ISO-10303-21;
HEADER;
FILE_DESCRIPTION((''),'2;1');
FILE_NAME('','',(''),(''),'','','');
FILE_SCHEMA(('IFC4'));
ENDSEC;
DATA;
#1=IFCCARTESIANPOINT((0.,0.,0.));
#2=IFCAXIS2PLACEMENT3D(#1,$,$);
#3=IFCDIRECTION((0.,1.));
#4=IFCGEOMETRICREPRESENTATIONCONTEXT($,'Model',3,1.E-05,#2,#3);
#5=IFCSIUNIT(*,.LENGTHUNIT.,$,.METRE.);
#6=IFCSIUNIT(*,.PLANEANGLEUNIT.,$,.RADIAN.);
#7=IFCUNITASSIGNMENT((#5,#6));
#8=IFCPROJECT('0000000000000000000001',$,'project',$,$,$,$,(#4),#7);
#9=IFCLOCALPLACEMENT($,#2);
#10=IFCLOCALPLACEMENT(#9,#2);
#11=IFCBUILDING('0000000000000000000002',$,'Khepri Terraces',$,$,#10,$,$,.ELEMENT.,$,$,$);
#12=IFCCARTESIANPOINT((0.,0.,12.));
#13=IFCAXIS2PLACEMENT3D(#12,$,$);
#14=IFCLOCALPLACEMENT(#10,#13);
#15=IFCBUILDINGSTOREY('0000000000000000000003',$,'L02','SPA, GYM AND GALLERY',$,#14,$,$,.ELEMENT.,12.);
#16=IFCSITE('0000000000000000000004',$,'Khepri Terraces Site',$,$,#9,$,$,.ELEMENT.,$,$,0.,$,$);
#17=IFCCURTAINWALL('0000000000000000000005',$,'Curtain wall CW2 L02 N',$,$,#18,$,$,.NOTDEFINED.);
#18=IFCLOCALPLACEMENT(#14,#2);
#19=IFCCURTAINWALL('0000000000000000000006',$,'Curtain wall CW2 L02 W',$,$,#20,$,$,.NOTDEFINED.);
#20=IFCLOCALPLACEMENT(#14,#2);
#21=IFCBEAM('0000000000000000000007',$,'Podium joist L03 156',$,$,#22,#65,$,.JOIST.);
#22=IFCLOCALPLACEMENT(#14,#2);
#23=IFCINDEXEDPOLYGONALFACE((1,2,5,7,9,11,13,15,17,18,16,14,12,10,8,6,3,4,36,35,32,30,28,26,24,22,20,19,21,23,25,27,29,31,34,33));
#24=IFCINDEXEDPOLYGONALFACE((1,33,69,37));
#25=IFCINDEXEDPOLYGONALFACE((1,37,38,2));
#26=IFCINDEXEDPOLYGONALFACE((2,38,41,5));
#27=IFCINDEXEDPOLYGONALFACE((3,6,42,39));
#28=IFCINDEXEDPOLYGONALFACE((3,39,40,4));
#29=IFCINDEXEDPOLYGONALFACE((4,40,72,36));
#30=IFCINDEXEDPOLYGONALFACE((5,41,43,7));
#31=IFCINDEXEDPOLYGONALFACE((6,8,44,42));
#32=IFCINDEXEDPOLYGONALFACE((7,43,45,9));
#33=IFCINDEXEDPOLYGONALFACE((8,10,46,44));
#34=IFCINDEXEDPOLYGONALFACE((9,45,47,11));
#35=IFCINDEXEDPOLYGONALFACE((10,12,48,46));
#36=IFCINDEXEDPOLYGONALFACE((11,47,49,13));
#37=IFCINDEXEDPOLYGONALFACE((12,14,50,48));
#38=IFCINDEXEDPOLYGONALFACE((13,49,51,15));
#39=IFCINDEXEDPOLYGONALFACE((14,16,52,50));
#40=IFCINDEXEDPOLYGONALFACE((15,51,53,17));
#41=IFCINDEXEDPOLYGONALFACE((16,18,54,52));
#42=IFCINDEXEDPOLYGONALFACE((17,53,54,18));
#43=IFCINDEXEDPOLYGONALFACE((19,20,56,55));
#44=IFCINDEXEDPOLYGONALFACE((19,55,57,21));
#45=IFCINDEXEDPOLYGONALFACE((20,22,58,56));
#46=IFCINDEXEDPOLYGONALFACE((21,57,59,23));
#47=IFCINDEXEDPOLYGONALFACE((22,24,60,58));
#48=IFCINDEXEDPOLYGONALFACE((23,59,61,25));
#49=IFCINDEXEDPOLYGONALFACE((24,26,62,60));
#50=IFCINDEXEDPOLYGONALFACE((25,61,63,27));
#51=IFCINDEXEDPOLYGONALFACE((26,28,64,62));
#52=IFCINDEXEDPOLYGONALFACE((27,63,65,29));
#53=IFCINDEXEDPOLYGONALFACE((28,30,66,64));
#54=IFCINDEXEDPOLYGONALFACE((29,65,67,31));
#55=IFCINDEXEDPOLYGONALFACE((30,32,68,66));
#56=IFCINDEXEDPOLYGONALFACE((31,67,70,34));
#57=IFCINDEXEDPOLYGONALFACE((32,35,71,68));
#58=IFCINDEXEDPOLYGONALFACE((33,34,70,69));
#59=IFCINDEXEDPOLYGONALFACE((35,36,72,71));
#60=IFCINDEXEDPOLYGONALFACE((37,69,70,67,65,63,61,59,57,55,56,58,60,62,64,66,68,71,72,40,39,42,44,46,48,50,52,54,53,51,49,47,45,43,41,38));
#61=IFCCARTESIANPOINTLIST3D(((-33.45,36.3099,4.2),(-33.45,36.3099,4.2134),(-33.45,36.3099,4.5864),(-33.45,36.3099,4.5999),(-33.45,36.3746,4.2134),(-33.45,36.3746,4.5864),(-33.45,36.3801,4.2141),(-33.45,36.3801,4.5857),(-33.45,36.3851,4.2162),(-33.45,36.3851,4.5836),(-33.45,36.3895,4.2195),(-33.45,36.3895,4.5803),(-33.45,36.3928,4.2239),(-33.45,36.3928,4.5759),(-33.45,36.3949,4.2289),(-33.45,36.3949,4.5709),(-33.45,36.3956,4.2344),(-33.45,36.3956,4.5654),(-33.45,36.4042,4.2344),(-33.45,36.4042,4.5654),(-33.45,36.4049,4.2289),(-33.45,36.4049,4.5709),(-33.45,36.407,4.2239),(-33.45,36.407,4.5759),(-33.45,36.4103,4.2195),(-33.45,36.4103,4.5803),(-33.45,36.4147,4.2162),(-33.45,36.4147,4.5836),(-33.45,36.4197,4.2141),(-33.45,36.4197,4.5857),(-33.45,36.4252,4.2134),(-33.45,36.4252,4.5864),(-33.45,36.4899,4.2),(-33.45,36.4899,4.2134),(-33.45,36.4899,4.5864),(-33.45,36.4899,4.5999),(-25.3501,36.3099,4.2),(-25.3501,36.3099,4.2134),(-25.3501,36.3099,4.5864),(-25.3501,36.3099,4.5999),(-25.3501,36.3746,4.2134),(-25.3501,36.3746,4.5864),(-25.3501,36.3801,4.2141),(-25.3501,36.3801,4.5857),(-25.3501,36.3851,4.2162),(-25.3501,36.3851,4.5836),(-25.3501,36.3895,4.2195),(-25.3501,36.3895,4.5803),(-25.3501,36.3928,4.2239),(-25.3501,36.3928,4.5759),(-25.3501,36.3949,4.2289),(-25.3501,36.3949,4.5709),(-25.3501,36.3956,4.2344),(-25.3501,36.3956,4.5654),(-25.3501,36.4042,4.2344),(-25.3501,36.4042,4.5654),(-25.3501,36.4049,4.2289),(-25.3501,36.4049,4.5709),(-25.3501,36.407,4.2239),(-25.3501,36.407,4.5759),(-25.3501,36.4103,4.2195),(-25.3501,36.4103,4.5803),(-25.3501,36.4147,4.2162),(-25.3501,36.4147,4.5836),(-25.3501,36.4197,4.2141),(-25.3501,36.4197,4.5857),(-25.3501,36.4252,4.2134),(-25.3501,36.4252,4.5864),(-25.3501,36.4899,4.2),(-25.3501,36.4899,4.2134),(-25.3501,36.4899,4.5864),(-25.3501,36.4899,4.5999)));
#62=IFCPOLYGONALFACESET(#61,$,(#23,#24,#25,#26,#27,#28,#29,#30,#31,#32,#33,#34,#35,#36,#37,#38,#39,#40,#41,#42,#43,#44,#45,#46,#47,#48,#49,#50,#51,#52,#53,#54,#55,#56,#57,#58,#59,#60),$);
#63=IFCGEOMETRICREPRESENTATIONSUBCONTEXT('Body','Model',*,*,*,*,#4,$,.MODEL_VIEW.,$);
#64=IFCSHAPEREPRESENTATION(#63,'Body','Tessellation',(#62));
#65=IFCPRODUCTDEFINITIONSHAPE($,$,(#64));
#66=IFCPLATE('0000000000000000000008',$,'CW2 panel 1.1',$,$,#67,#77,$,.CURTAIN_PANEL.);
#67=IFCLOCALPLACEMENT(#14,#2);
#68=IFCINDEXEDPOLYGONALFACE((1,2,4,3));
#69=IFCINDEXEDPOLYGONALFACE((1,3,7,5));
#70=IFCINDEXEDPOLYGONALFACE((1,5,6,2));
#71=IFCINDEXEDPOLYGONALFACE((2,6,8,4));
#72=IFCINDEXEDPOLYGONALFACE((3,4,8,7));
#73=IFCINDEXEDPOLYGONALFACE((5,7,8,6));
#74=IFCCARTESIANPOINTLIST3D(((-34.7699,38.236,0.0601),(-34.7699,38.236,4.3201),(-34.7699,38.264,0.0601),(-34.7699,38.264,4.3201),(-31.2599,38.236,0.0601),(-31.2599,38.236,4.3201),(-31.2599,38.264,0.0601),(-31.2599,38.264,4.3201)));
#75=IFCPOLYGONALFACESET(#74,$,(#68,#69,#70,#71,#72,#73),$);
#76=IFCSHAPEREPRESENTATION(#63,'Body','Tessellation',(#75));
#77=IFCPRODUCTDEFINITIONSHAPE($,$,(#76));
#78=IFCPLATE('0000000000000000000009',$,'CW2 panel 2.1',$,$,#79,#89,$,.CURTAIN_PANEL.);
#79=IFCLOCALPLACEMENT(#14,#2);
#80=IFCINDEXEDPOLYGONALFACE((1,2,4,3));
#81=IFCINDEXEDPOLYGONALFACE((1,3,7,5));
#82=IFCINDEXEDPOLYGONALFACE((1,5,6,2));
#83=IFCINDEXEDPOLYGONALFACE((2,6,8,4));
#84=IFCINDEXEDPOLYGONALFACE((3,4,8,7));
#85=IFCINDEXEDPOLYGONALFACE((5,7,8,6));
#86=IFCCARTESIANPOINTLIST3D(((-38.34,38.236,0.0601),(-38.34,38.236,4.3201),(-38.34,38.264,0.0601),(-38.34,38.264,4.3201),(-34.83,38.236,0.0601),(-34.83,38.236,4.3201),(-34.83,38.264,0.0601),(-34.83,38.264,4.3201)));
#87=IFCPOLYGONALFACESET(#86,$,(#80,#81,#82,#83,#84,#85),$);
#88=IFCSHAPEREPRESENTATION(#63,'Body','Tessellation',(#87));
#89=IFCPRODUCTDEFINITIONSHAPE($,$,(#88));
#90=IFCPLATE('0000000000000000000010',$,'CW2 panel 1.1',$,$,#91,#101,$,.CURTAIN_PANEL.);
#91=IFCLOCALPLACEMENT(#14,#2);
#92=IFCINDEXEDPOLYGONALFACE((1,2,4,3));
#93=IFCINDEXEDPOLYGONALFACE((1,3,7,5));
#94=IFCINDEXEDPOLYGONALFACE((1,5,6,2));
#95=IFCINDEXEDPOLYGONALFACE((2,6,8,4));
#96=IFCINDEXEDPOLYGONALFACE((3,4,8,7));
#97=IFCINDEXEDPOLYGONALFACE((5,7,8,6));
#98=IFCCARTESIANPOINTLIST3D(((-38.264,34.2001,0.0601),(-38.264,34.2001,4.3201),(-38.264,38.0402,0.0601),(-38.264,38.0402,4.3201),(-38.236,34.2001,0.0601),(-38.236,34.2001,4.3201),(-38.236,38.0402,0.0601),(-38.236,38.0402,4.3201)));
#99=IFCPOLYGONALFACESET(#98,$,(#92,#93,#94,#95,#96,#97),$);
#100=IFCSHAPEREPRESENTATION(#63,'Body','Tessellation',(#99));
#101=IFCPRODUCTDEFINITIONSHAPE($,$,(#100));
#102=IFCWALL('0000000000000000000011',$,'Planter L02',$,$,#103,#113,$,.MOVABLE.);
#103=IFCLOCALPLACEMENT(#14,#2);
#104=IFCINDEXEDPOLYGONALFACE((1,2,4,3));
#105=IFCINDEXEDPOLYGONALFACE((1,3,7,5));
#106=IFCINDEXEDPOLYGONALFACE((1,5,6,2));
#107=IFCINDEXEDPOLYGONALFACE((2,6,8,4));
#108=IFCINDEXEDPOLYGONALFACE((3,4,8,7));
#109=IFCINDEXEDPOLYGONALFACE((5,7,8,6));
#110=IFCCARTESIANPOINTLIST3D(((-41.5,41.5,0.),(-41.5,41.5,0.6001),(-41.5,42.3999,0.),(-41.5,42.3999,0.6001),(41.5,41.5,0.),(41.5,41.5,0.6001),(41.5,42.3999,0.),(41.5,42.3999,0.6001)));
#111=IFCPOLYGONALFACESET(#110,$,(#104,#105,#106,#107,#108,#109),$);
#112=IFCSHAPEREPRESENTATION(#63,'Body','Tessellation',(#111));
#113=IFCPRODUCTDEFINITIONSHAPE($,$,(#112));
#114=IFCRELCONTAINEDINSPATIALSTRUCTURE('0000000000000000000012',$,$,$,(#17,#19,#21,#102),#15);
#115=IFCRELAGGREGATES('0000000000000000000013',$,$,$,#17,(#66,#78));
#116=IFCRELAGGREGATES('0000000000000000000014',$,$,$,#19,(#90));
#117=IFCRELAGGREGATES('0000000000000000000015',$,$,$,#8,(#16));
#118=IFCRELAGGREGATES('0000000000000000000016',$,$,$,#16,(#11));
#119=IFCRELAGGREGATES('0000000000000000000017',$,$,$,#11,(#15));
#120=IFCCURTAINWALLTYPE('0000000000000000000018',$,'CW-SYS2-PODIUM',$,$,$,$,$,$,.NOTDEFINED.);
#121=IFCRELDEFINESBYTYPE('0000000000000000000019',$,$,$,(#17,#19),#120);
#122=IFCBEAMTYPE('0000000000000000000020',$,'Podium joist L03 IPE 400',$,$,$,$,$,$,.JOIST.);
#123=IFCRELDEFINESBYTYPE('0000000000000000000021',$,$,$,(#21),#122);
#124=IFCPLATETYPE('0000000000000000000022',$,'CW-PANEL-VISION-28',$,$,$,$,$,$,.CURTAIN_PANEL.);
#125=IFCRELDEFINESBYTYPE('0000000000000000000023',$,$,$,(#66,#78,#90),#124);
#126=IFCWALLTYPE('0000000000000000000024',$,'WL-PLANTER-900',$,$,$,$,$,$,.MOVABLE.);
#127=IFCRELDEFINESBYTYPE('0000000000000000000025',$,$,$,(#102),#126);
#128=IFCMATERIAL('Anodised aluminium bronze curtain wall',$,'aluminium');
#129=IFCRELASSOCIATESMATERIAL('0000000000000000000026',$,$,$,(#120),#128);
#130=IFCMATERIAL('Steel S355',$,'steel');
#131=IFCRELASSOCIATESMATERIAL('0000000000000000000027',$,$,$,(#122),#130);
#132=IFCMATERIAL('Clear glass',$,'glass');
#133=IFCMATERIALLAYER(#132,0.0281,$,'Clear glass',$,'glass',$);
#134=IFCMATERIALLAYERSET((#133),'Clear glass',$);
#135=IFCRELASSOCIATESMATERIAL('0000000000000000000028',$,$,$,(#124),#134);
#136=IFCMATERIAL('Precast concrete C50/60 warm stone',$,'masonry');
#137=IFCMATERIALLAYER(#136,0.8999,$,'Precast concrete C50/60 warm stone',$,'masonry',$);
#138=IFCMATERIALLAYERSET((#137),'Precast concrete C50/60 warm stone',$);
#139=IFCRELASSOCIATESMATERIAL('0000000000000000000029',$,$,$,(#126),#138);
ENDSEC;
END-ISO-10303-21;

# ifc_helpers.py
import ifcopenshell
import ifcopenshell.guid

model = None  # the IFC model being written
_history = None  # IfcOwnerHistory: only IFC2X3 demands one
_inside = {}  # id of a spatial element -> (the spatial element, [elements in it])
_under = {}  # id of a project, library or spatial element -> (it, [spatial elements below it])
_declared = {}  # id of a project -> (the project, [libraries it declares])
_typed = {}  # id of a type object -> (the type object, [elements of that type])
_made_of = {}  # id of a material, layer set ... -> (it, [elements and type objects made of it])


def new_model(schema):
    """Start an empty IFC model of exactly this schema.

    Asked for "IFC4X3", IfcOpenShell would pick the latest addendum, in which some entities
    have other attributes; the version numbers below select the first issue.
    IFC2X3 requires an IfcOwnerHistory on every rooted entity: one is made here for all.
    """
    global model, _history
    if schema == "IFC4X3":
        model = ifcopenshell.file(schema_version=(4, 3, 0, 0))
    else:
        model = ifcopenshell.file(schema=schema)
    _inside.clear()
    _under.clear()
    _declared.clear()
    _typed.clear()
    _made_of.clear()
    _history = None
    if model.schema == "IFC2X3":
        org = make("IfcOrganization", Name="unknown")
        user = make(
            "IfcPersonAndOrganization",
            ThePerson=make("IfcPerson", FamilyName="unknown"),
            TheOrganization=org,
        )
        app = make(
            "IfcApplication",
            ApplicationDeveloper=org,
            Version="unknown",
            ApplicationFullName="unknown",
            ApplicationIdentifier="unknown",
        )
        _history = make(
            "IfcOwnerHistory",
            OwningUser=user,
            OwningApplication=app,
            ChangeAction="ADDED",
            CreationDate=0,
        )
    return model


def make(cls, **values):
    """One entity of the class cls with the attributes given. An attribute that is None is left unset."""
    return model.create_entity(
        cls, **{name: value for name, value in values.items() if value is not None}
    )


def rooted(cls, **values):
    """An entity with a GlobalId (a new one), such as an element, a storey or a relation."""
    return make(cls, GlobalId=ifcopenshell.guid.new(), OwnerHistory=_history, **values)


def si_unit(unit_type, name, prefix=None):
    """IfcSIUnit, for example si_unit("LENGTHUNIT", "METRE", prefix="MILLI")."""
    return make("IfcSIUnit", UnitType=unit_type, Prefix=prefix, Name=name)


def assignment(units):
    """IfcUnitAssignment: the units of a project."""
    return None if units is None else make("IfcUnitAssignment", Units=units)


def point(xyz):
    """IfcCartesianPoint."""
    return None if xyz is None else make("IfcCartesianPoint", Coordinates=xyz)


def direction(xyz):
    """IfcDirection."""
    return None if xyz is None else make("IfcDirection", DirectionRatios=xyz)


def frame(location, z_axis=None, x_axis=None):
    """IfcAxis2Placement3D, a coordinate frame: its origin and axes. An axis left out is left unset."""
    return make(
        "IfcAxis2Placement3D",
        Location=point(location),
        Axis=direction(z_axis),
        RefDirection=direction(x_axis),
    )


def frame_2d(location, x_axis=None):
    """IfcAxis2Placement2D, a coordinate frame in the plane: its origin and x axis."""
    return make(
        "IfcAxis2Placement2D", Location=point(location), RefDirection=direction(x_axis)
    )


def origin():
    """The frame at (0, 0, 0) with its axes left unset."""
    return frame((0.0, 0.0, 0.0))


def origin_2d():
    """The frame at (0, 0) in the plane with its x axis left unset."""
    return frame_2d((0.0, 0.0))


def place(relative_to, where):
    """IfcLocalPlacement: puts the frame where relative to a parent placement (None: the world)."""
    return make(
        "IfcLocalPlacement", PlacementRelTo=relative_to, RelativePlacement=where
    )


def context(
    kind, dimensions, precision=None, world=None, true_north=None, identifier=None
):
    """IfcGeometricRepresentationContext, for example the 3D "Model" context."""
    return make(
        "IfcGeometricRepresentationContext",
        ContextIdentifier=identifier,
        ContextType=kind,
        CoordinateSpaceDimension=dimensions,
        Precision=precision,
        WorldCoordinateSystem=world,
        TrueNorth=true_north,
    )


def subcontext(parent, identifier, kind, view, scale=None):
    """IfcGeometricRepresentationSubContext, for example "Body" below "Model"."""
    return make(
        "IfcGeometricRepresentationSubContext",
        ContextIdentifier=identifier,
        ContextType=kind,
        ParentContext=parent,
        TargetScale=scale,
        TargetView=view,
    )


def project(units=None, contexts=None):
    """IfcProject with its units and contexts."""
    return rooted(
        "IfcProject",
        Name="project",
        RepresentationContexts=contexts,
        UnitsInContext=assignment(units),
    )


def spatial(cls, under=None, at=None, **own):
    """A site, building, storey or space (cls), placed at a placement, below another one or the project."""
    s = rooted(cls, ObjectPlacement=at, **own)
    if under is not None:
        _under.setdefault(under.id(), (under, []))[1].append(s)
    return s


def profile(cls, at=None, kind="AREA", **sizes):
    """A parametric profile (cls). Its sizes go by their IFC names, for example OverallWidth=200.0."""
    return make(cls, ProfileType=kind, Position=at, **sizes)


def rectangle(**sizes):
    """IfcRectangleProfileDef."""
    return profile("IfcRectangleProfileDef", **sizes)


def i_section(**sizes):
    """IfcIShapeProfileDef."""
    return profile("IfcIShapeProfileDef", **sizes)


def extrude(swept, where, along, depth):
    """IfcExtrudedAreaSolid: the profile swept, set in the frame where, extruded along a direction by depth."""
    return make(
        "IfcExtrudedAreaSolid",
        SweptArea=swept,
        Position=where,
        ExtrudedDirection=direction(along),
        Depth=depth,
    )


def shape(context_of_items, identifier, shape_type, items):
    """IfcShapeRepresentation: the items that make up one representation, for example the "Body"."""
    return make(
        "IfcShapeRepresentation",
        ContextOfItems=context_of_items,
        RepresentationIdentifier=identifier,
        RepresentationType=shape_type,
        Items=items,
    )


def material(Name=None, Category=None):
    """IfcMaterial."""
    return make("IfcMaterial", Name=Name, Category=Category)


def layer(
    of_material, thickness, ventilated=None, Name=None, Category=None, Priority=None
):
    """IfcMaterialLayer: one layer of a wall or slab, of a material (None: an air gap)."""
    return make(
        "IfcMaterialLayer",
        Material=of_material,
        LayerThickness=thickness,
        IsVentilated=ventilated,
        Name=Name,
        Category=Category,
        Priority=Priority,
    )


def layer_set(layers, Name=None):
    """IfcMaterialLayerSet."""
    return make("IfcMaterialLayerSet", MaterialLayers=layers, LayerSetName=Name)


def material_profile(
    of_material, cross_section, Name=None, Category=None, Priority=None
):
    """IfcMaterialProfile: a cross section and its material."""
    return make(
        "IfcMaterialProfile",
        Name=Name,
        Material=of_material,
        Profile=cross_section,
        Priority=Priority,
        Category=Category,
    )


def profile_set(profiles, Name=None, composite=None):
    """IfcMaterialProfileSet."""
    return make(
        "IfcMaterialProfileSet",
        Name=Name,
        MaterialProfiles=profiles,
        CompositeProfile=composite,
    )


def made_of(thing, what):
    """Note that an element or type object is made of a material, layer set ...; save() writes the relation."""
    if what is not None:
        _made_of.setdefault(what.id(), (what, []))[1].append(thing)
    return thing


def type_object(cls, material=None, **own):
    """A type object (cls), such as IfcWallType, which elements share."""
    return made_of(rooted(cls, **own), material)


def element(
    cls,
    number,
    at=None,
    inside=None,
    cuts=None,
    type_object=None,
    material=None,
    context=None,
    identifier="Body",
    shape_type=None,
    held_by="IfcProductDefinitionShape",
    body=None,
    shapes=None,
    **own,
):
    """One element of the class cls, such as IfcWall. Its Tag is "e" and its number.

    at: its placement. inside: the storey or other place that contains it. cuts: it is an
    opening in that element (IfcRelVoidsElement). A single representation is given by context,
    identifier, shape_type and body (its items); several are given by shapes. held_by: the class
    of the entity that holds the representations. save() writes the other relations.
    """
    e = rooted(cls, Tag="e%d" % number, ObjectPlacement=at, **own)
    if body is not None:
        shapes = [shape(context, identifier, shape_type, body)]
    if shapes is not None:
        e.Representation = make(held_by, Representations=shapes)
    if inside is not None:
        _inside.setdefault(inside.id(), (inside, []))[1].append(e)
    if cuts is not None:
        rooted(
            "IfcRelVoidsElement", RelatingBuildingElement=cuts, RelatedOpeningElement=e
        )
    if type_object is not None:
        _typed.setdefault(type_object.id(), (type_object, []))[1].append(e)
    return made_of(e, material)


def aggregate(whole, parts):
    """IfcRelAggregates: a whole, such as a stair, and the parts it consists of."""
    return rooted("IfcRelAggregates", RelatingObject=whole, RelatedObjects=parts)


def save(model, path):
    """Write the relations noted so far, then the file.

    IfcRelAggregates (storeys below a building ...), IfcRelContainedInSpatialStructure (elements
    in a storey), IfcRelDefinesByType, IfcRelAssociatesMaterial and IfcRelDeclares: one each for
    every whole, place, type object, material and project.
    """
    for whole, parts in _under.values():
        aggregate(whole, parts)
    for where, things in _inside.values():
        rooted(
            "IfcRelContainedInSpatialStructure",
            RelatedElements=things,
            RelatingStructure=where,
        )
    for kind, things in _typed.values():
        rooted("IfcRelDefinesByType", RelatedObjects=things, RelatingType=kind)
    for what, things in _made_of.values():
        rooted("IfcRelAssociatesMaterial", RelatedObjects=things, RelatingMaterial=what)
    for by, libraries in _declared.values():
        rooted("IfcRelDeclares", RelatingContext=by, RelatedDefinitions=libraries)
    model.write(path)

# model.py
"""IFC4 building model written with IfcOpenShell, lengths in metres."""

from ifc_helpers import new_model, si_unit, direction, frame, frame_2d, origin, origin_2d, place, context, subcontext, project, spatial, rectangle, i_section, extrude, material, layer, layer_set, material_profile, profile_set, type_object, element, aggregate, save


model = new_model("IFC4")

# Units and contexts
model_context = context("Model", 3, precision=1e-05, world=origin(), true_north=direction((0.0, 1.0)))
body_context = subcontext(model_context, "Body", "Model", "MODEL_VIEW")
ifc_project = project(units=[si_unit("LENGTHUNIT", "METRE"), si_unit("PLANEANGLEUNIT", "RADIAN")], contexts=[model_context])

# Site, building, storey
site_placement = place(None, origin())
site = spatial("IfcSite", under=ifc_project, at=site_placement, Name="Khepri Terraces Site", CompositionType="ELEMENT", RefElevation=0.0)
building_placement = place(site_placement, origin())
building = spatial("IfcBuilding", under=site, at=building_placement, Name="Khepri Terraces", CompositionType="ELEMENT")
storey_placement = place(building_placement, frame((0.0, 0.0, 12.0)))
storey = spatial("IfcBuildingStorey", under=building, at=storey_placement, Name="L02", Description="SPA, GYM AND GALLERY", CompositionType="ELEMENT", Elevation=12.0)

# Curtain walls
ifc_material_1 = material(Name="Anodised aluminium bronze curtain wall", Category="aluminium")
curtain_wall_type = type_object("IfcCurtainWallType", Name="CW-SYS2-PODIUM", PredefinedType="NOTDEFINED", material=ifc_material_1)
curtain_wall_1_placement = place(storey_placement, origin())
curtain_wall_1 = element("IfcCurtainWall", 1, at=curtain_wall_1_placement, inside=storey, type_object=curtain_wall_type, Name="Curtain wall CW2 L02 N", PredefinedType="NOTDEFINED")
curtain_wall_2_placement = place(storey_placement, origin())
curtain_wall_2 = element("IfcCurtainWall", 2, at=curtain_wall_2_placement, inside=storey, type_object=curtain_wall_type, Name="Curtain wall CW2 L02 W", PredefinedType="NOTDEFINED")

# Beam
ifc_material_2 = material(Name="Steel S355", Category="steel")
ifc_material_profile_1 = material_profile(ifc_material_2, i_section(OverallWidth=0.1799, OverallDepth=0.3999, WebThickness=0.0085, FlangeThickness=0.0134, FilletRadius=0.021, at=origin_2d()), Name="Steel S355", Category="steel")
ifc_profile_set_1 = profile_set([ifc_material_profile_1], Name="Steel S355")
beam_type_1 = type_object("IfcBeamType", Name="Podium joist L03 IPE 400", PredefinedType="JOIST", material=ifc_profile_set_1)
beam_1_placement = place(storey_placement, frame((-33.45, 36.3999, 4.3999), z_axis=(1.0, 0.0, 0.0), x_axis=(0.0, 1.0, 0.0)))
element("IfcBeam", 3, at=beam_1_placement, inside=storey, type_object=beam_type_1, Name="Podium joist L03 156", PredefinedType="JOIST", context=body_context, shape_type="SweptSolid", body=[
    extrude(i_section(OverallWidth=0.1799, OverallDepth=0.3999, WebThickness=0.0085, FlangeThickness=0.0134, FilletRadius=0.021, at=origin_2d()), origin(), (0.0, 0.0, 1.0), 8.0999),
])

# Plates
ifc_material_3 = material(Name="Clear glass", Category="glass")
ifc_layer_1 = layer(ifc_material_3, 0.0281, Name="Clear glass", Category="glass")
ifc_layer_set_1 = layer_set([ifc_layer_1], Name="Clear glass")
plate_type = type_object("IfcPlateType", Name="CW-PANEL-VISION-28", PredefinedType="CURTAIN_PANEL", material=ifc_layer_set_1)
plate_1_placement = place(storey_placement, frame((-33.0149, 38.25, 0.0601), z_axis=(0.0, 0.0, 1.0), x_axis=(-1.0, 0.0, 0.0)))
plate_1 = element("IfcPlate", 4, at=plate_1_placement, type_object=plate_type, Name="CW2 panel 1.1", PredefinedType="CURTAIN_PANEL", context=body_context, shape_type="SweptSolid", body=[
    extrude(rectangle(XDim=3.51, YDim=0.0281, at=origin_2d()), origin(), (0.0, 0.0, 1.0), 4.26),
])
plate_2_placement = place(storey_placement, frame((-36.585, 38.25, 0.0601), z_axis=(0.0, 0.0, 1.0), x_axis=(-1.0, 0.0, 0.0)))
plate_2 = element("IfcPlate", 5, at=plate_2_placement, type_object=plate_type, Name="CW2 panel 2.1", PredefinedType="CURTAIN_PANEL", context=body_context, shape_type="SweptSolid", body=[
    extrude(rectangle(XDim=3.51, YDim=0.0281, at=origin_2d()), origin(), (0.0, 0.0, 1.0), 4.26),
])
aggregate(curtain_wall_1, [plate_1, plate_2])
plate_3_placement = place(storey_placement, frame((-38.25, 36.1201, 0.0601), z_axis=(0.0, 0.0, 1.0), x_axis=(0.0, -1.0, 0.0)))
plate_3 = element("IfcPlate", 6, at=plate_3_placement, type_object=plate_type, Name="CW2 panel 1.1", PredefinedType="CURTAIN_PANEL", context=body_context, shape_type="SweptSolid", body=[
    extrude(rectangle(XDim=3.8401, YDim=0.0281, at=origin_2d()), origin(), (0.0, 0.0, 1.0), 4.26),
])
aggregate(curtain_wall_2, [plate_3])

# Wall
ifc_material_4 = material(Name="Precast concrete C50/60 warm stone", Category="masonry")
ifc_layer_2 = layer(ifc_material_4, 0.8999, Name="Precast concrete C50/60 warm stone", Category="masonry")
ifc_layer_set_2 = layer_set([ifc_layer_2], Name="Precast concrete C50/60 warm stone")
wall_type = type_object("IfcWallType", Name="WL-PLANTER-900", PredefinedType="MOVABLE", material=ifc_layer_set_2)
wall_placement = place(storey_placement, frame((-41.5, 41.95, 0.0), z_axis=(0.0, 0.0, 1.0), x_axis=(1.0, 0.0, 0.0)))
element("IfcWall", 7, at=wall_placement, inside=storey, type_object=wall_type, Name="Planter L02", PredefinedType="MOVABLE", context=body_context, shape_type="SweptSolid", body=[
    extrude(rectangle(XDim=83.0, YDim=0.8999, at=frame_2d((41.5, 0.0))), origin(), (0.0, 0.0, 1.0), 0.6001),
])

save(model, "model.ifc")
